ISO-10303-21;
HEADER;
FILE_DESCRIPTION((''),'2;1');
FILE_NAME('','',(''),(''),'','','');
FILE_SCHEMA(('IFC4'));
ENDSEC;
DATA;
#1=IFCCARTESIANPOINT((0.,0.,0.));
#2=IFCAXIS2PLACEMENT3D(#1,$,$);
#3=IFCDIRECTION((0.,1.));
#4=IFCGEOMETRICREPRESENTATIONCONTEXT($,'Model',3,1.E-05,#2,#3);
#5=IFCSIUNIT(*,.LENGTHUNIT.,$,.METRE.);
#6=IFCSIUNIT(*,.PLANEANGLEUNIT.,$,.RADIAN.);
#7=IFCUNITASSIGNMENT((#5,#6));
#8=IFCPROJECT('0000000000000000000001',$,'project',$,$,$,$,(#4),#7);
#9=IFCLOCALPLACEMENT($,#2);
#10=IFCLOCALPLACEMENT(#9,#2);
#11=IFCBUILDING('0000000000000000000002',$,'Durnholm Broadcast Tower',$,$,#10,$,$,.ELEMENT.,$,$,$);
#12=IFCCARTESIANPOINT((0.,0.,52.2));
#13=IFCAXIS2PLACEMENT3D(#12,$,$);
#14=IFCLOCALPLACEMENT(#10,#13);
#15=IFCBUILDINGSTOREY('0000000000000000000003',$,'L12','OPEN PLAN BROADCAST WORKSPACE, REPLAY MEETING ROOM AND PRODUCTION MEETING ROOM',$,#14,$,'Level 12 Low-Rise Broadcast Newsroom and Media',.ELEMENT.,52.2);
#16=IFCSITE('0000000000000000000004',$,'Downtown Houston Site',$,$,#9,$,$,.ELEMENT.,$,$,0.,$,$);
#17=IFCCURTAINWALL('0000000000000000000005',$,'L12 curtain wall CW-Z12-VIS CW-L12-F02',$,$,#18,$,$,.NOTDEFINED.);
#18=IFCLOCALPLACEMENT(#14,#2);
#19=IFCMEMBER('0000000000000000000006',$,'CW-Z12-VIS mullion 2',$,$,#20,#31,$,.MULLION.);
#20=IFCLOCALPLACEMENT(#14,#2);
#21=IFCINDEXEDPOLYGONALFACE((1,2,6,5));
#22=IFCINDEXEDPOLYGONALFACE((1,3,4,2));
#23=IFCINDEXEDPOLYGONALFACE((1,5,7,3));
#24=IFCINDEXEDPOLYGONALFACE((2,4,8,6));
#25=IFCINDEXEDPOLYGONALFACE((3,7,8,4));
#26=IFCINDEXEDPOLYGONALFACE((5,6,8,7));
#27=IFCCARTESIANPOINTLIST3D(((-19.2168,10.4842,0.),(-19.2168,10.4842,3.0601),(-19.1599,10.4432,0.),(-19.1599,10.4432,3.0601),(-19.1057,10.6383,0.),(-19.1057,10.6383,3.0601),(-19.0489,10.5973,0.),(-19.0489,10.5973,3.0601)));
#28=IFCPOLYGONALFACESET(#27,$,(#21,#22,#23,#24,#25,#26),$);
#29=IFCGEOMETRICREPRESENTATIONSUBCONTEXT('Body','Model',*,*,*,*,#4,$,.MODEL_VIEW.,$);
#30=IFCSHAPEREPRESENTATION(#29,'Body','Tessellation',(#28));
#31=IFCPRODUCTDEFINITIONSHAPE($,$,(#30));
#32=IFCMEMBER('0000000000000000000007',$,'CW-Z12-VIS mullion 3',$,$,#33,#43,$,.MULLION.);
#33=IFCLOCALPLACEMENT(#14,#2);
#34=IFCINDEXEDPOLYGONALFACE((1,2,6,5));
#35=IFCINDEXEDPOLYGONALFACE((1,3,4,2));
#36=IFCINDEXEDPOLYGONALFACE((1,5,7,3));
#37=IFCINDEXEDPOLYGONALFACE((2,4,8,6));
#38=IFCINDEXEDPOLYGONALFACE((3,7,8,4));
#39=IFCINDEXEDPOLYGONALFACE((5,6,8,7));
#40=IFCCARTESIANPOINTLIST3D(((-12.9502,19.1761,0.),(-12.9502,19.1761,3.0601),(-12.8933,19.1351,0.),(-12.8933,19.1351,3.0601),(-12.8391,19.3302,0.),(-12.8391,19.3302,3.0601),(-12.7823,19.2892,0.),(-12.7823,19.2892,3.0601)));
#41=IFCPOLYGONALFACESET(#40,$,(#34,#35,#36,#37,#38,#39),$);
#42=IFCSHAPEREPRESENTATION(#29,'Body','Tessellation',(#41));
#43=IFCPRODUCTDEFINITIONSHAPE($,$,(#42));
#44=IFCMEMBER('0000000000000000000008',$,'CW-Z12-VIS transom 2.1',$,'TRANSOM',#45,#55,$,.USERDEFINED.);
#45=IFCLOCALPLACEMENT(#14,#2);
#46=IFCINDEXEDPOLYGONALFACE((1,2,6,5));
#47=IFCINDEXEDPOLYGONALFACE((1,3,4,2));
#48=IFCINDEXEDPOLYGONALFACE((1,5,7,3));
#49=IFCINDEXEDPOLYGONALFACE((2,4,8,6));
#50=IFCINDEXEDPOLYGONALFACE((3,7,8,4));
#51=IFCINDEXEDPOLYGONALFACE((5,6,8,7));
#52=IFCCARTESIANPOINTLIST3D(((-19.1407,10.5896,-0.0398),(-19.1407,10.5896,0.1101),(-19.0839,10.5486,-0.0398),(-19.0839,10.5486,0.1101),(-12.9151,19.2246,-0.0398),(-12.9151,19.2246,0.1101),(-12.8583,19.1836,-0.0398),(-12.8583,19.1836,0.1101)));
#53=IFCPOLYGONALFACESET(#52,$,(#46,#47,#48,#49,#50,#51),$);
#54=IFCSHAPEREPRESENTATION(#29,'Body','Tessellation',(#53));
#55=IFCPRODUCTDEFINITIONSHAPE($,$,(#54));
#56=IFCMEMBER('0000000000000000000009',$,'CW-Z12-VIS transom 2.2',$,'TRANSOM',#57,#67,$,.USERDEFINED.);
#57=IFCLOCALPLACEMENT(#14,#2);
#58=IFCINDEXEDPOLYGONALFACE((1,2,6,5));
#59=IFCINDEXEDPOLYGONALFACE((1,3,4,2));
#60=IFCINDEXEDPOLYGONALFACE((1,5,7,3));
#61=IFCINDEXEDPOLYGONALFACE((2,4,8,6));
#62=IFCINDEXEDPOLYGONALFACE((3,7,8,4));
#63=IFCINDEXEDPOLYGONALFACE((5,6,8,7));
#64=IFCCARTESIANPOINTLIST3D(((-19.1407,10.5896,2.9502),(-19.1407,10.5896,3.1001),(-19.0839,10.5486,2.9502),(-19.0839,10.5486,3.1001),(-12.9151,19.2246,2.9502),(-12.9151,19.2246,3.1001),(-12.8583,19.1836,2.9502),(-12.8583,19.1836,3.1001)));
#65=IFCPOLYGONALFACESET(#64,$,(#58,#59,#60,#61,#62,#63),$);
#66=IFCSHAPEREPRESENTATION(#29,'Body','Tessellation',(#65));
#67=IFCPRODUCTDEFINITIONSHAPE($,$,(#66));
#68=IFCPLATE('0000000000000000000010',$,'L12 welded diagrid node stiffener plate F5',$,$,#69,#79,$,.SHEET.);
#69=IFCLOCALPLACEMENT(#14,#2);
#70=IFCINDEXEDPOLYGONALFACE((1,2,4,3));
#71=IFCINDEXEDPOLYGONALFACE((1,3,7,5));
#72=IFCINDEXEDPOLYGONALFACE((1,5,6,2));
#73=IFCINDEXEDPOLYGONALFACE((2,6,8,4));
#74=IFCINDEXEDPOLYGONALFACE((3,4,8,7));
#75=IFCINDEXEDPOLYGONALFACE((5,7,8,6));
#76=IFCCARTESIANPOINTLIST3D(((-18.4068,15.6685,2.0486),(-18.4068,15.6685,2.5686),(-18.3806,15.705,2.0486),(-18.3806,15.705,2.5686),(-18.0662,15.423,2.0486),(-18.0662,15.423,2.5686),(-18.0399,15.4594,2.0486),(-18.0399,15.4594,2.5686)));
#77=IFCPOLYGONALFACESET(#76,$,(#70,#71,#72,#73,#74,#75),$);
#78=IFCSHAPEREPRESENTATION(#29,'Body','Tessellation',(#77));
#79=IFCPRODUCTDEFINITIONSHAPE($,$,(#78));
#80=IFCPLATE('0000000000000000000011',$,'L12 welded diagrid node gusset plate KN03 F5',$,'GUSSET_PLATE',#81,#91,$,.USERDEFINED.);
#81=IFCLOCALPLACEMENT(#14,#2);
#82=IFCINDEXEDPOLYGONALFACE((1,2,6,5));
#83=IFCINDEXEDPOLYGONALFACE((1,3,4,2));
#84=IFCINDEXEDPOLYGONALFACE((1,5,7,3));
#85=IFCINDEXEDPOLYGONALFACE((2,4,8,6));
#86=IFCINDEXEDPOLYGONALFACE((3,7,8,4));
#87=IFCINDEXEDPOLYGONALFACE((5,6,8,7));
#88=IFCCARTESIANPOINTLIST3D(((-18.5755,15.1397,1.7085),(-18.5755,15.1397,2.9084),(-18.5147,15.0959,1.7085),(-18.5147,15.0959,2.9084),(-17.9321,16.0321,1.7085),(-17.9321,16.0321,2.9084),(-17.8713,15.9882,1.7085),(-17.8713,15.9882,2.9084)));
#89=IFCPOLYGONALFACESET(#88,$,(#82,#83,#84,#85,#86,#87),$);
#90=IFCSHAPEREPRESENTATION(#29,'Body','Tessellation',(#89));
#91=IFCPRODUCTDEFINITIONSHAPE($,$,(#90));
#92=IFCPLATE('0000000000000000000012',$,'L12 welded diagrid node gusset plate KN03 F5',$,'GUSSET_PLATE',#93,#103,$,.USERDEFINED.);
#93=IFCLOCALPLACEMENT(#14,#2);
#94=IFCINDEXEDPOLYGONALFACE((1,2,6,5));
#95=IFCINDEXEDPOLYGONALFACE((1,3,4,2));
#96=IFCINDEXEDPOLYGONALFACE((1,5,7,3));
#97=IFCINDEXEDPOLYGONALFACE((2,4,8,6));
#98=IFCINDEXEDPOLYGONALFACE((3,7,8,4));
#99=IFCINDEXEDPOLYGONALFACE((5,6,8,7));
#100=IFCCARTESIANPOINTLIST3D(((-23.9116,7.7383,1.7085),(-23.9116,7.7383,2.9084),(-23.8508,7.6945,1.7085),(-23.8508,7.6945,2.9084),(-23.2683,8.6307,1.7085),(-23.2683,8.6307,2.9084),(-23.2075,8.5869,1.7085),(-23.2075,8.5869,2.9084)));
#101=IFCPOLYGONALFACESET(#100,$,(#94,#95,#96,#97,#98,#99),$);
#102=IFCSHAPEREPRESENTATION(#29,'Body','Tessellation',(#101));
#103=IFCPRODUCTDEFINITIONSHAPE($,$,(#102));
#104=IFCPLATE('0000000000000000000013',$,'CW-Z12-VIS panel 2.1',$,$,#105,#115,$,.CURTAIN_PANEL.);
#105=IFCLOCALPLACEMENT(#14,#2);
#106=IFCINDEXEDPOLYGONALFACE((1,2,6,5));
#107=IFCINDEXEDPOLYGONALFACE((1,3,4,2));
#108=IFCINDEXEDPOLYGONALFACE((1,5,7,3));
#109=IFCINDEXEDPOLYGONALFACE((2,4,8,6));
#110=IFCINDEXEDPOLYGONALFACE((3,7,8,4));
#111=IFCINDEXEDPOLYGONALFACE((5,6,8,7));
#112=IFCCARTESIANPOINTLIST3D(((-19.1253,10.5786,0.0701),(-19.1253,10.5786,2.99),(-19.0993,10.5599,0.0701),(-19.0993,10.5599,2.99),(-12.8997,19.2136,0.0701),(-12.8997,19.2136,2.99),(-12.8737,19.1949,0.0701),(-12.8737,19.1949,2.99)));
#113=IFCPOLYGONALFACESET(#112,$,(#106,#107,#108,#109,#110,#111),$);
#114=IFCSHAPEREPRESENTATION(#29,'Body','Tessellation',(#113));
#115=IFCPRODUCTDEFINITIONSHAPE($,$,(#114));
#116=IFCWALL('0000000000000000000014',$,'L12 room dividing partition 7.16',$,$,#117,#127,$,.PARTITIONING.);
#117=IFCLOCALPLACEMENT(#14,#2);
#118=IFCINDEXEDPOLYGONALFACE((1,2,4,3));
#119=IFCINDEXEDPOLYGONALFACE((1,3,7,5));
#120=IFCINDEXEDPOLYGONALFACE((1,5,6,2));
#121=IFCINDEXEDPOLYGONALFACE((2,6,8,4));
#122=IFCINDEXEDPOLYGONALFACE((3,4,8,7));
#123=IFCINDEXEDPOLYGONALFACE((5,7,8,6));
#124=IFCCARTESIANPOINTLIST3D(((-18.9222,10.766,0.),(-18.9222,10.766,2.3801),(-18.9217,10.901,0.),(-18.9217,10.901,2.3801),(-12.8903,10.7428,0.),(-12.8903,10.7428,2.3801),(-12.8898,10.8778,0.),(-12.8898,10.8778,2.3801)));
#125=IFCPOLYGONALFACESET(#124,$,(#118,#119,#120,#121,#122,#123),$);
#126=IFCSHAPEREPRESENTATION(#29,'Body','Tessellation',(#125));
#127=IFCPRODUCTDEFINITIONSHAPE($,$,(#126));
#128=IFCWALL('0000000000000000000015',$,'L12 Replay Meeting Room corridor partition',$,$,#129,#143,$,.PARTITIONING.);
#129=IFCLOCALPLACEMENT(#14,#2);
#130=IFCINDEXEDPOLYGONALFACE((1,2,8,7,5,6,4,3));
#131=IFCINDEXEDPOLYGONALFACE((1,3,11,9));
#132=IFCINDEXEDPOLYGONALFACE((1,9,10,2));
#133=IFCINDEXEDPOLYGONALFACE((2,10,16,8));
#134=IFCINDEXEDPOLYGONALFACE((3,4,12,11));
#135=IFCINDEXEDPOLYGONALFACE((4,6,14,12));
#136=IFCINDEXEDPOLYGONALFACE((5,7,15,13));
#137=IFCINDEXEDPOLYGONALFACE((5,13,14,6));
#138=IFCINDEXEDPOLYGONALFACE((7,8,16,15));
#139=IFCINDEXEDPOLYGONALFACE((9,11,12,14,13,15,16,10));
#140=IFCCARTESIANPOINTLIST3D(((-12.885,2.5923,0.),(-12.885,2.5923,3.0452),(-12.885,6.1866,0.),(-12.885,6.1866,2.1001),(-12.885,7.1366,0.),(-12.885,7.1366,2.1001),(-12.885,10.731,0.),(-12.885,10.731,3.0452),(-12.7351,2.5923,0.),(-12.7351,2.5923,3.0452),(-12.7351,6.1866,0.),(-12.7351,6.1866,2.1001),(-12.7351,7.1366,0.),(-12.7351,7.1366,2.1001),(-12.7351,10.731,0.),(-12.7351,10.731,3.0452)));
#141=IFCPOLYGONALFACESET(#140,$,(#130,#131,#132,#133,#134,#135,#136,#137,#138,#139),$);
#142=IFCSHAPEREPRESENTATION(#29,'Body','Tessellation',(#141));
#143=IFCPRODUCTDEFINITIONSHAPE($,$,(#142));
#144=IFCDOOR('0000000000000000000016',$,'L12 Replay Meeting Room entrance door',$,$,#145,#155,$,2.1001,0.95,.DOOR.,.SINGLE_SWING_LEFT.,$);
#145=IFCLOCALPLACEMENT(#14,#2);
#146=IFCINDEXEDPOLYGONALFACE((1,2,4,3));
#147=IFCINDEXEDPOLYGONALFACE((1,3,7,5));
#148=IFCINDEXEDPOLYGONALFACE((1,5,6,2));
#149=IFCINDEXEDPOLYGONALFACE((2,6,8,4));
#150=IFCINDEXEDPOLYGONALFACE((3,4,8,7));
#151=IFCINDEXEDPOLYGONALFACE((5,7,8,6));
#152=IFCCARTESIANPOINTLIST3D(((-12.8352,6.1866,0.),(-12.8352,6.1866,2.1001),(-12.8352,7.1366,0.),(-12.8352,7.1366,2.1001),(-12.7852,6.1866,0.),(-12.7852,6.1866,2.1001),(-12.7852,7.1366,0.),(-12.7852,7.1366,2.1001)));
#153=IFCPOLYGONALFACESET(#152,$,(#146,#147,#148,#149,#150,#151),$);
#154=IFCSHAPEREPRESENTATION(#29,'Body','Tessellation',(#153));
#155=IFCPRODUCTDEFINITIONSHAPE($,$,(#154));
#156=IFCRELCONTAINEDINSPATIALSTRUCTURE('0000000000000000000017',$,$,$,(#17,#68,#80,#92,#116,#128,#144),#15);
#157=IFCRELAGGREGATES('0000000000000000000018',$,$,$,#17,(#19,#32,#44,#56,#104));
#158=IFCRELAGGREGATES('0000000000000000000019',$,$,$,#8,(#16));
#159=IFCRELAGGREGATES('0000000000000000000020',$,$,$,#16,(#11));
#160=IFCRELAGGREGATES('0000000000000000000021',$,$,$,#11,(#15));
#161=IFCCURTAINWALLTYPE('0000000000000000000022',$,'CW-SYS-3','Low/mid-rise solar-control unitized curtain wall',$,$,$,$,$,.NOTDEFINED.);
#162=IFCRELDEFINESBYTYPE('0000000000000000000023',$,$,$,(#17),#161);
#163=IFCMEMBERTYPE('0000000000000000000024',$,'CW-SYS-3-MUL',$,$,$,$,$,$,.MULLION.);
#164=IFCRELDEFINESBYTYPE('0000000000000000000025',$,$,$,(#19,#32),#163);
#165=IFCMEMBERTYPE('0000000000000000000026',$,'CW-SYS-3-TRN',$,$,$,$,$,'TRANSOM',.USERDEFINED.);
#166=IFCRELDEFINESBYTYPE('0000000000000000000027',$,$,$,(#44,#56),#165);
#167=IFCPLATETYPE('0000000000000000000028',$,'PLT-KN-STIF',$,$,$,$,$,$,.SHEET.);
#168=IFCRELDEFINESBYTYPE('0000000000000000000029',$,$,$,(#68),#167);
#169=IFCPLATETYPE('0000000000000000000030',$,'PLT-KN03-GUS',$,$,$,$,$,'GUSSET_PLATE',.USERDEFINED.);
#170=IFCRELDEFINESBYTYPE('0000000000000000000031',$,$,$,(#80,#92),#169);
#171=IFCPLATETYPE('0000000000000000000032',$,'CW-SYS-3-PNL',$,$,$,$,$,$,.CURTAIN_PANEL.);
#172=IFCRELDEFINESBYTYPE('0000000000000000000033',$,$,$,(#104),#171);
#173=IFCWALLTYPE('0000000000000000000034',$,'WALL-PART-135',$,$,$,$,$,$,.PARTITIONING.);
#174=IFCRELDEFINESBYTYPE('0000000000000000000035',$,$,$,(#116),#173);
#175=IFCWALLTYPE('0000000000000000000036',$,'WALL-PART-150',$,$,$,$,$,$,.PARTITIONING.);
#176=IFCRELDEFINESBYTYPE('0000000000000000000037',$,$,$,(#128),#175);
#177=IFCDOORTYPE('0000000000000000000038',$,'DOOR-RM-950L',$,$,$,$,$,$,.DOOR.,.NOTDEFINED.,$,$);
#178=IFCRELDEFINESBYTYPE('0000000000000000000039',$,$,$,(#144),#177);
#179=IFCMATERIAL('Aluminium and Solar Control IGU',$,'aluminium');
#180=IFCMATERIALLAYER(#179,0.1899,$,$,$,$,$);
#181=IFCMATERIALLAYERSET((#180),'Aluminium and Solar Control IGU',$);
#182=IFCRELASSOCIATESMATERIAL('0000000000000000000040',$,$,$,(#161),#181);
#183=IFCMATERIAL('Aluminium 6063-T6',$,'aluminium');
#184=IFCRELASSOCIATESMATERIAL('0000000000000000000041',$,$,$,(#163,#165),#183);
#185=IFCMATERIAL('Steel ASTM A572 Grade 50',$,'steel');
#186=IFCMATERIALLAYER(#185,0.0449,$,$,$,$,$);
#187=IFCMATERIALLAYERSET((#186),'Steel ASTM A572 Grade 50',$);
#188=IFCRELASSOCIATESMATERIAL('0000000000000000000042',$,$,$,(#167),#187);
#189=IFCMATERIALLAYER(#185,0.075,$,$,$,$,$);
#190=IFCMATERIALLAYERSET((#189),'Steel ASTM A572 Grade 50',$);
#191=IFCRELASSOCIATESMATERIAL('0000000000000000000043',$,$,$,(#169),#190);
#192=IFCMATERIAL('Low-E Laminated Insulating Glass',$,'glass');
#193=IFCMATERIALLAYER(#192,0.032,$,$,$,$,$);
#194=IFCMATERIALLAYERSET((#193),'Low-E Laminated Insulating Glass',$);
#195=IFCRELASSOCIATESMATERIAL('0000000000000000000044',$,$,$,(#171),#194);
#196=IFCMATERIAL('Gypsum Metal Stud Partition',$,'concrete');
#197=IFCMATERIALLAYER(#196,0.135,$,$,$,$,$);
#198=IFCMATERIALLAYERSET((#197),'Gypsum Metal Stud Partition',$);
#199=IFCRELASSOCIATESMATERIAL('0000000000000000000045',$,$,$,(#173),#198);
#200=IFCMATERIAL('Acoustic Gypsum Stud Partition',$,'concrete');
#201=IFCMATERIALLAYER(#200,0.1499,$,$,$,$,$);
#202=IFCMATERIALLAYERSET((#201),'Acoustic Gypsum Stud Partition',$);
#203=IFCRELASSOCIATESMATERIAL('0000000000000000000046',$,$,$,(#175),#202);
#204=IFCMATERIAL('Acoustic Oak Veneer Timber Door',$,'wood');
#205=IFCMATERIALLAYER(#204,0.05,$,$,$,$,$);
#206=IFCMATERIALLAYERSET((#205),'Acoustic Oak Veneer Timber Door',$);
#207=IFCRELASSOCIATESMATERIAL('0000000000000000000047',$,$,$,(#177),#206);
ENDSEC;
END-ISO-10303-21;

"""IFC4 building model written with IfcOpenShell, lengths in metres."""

from ifc_helpers import new_model, si_unit, direction, frame, frame_2d, origin, origin_2d, place, context, subcontext, project, spatial, rectangle, extrude, source, transform, mapped, material, layer, layer_set, material_profile, profile_set, type_object, type_shapes, element, fill, aggregate, save


model = new_model("IFC4")

# Units and contexts
model_context = context("Model", 3, precision=1e-05, world=origin(), true_north=direction((0.0, 1.0)))
body_context = subcontext(model_context, "Body", "Model", "MODEL_VIEW")
ifc_project = project(units=[si_unit("LENGTHUNIT", "METRE"), si_unit("PLANEANGLEUNIT", "RADIAN")], contexts=[model_context])

# Site, building, storey
site_placement = place(None, origin())
site = spatial("IfcSite", under=ifc_project, at=site_placement, Name="Downtown Houston Site", CompositionType="ELEMENT", RefElevation=0.0)
building_placement = place(site_placement, origin())
building = spatial("IfcBuilding", under=site, at=building_placement, Name="Durnholm Broadcast Tower", CompositionType="ELEMENT")
storey_placement = place(building_placement, frame((0.0, 0.0, 52.2)))
storey = spatial("IfcBuildingStorey", under=building, at=storey_placement, Name="L12", Description="OPEN PLAN BROADCAST WORKSPACE, REPLAY MEETING ROOM AND PRODUCTION MEETING ROOM", LongName="Level 12 Low-Rise Broadcast Newsroom and Media", CompositionType="ELEMENT", Elevation=52.2)

# Curtain wall, members
ifc_material_1 = material(Name="Aluminium and Solar Control IGU", Category="aluminium")
ifc_material_2 = material(Name="Aluminium 6063-T6", Category="aluminium")
ifc_layer_1 = layer(ifc_material_1, 0.1899)
ifc_layer_set_1 = layer_set([ifc_layer_1], Name="Aluminium and Solar Control IGU")
curtain_wall_type_1 = type_object("IfcCurtainWallType", Name="CW-SYS-3", Description="Low/mid-rise solar-control unitized curtain wall", PredefinedType="NOTDEFINED", material=ifc_layer_set_1)
curtain_wall_1_placement = place(storey_placement, origin())
curtain_wall_1 = element("IfcCurtainWall", 1, at=curtain_wall_1_placement, inside=storey, type_object=curtain_wall_type_1, Name="L12 curtain wall CW-Z12-VIS CW-L12-F02", PredefinedType="NOTDEFINED")
ifc_material_profile_1 = material_profile(ifc_material_2, rectangle(XDim=0.0701, YDim=0.1899, at=origin_2d()), Name="CWM70X190")
ifc_profile_set_1 = profile_set([ifc_material_profile_1], Name="Aluminium 6063-T6")
member_type_1 = type_object("IfcMemberType", Name="CW-SYS-3-MUL", PredefinedType="MULLION", material=ifc_profile_set_1)
shared_shape_1 = source(origin(), body_context, "Body", "SweptSolid", [
    extrude(rectangle(XDim=0.0701, YDim=0.1899, at=origin_2d()), origin(), (0.0, 0.0, 1.0), 3.0601),
])
type_shapes(member_type_1, [shared_shape_1])
member_1_placement = place(storey_placement, frame((-19.1328, 10.5408, 0.0), z_axis=(0.0, 0.0, 1.0), x_axis=(-0.811161, 0.584823, 0.0)))
member_1 = element("IfcMember", 2, at=member_1_placement, type_object=member_type_1, Name="CW-Z12-VIS mullion 2", PredefinedType="MULLION", context=body_context, shape_type="MappedRepresentation", body=[
    mapped(shared_shape_1, transform((0.0, 0.0, 0.0), x_axis=(1.0, 0.0, 0.0), y_axis=(0.0, 1.0, 0.0), z_axis=(0.0, 0.0, 1.0), scale=1.0)),
])
member_2_placement = place(storey_placement, frame((-12.8662, 19.2327, 0.0), z_axis=(0.0, 0.0, 1.0), x_axis=(-0.811161, 0.584823, 0.0)))
member_2 = element("IfcMember", 3, at=member_2_placement, type_object=member_type_1, Name="CW-Z12-VIS mullion 3", PredefinedType="MULLION", context=body_context, shape_type="MappedRepresentation", body=[
    mapped(shared_shape_1, transform((0.0, 0.0, 0.0), x_axis=(1.0, 0.0, 0.0), y_axis=(0.0, 1.0, 0.0), z_axis=(0.0, 0.0, 1.0), scale=1.0)),
])
ifc_material_profile_2 = material_profile(ifc_material_2, rectangle(XDim=0.0701, YDim=0.1499, at=origin_2d()), Name="CWT70X150")
ifc_profile_set_2 = profile_set([ifc_material_profile_2], Name="Aluminium 6063-T6")
member_type_2 = type_object("IfcMemberType", Name="CW-SYS-3-TRN", ElementType="TRANSOM", PredefinedType="USERDEFINED", material=ifc_profile_set_2)
shared_shape_2 = source(origin(), body_context, "Body", "SweptSolid", [
    extrude(rectangle(XDim=0.0701, YDim=0.1499, at=origin_2d()), origin(), (0.0, 0.0, 1.0), 10.6453),
])
type_shapes(member_type_2, [shared_shape_2])
member_3_placement = place(storey_placement, frame((-19.1123, 10.5691, 0.0352), z_axis=(0.584823, 0.811161, 0.0), x_axis=(-0.811161, 0.584823, 0.0)))
member_3 = element("IfcMember", 4, at=member_3_placement, type_object=member_type_2, Name="CW-Z12-VIS transom 2.1", ObjectType="TRANSOM", PredefinedType="USERDEFINED", context=body_context, shape_type="MappedRepresentation", body=[
    mapped(shared_shape_2, transform((0.0, 0.0, 0.0), x_axis=(1.0, 0.0, 0.0), y_axis=(0.0, 1.0, 0.0), z_axis=(0.0, 0.0, 1.0), scale=1.0)),
])
member_4_placement = place(storey_placement, frame((-19.1123, 10.5691, 3.0251), z_axis=(0.584823, 0.811161, 0.0), x_axis=(-0.811161, 0.584823, 0.0)))
member_4 = element("IfcMember", 5, at=member_4_placement, type_object=member_type_2, Name="CW-Z12-VIS transom 2.2", ObjectType="TRANSOM", PredefinedType="USERDEFINED", context=body_context, shape_type="MappedRepresentation", body=[
    mapped(shared_shape_2, transform((0.0, 0.0, 0.0), x_axis=(1.0, 0.0, 0.0), y_axis=(0.0, 1.0, 0.0), z_axis=(0.0, 0.0, 1.0), scale=1.0)),
])

# Plates
ifc_material_3 = material(Name="Steel ASTM A572 Grade 50", Category="steel")
ifc_layer_2 = layer(ifc_material_3, 0.0449)
ifc_layer_set_2 = layer_set([ifc_layer_2], Name="Steel ASTM A572 Grade 50")
plate_type_1 = type_object("IfcPlateType", Name="PLT-KN-STIF", PredefinedType="SHEET", material=ifc_layer_set_2)
shared_shape_3 = source(origin(), body_context, "Body", "SweptSolid", [
    extrude(rectangle(XDim=0.0449, YDim=0.4199, at=origin_2d()), origin(), (0.0, 0.0, 1.0), 0.52),
])
type_shapes(plate_type_1, [shared_shape_3])
plate_1_placement = place(storey_placement, frame((-18.2234, 15.564, 2.0486), z_axis=(0.0, 0.0, 1.0), x_axis=(-0.584816, -0.811166, 0.0)))
element("IfcPlate", 6, at=plate_1_placement, inside=storey, type_object=plate_type_1, Name="L12 welded diagrid node stiffener plate F5", PredefinedType="SHEET", context=body_context, shape_type="MappedRepresentation", body=[
    mapped(shared_shape_3, transform((0.0, 0.0, 0.0), x_axis=(1.0, 0.0, 0.0), y_axis=(0.0, 1.0, 0.0), z_axis=(0.0, 0.0, 1.0), scale=1.0)),
])
ifc_layer_3 = layer(ifc_material_3, 0.075)
ifc_layer_set_3 = layer_set([ifc_layer_3], Name="Steel ASTM A572 Grade 50")
plate_type_2 = type_object("IfcPlateType", Name="PLT-KN03-GUS", ElementType="GUSSET_PLATE", PredefinedType="USERDEFINED", material=ifc_layer_set_3)
shared_shape_4 = source(origin(), body_context, "Body", "SweptSolid", [
    extrude(rectangle(XDim=1.1001, YDim=0.075, at=origin_2d()), origin(), (0.0, 0.0, 1.0), 1.2),
])
type_shapes(plate_type_2, [shared_shape_4])
for number, where, z_axis, x_axis, name in (
    (7, (-18.2234, 15.564, 1.7085), (0.0, 0.0, 1.0), (-0.584816, -0.811166, 0.0), "L12 welded diagrid node gusset plate KN03 F5"),
    (8, (-23.5596, 8.1626, 1.7085), (0.0, 0.0, 1.0), (-0.584816, -0.811166, 0.0), "L12 welded diagrid node gusset plate KN03 F5"),
):
    element("IfcPlate", number, at=place(storey_placement, frame(where, z_axis=z_axis, x_axis=x_axis)), inside=storey, type_object=plate_type_2, Name=name, ObjectType="GUSSET_PLATE", PredefinedType="USERDEFINED", context=body_context, shape_type="MappedRepresentation", body=[
        mapped(shared_shape_4, transform((0.0, 0.0, 0.0), x_axis=(1.0, 0.0, 0.0), y_axis=(0.0, 1.0, 0.0), z_axis=(0.0, 0.0, 1.0), scale=1.0)),
    ])

# Plate
ifc_material_4 = material(Name="Low-E Laminated Insulating Glass", Category="glass")
ifc_layer_4 = layer(ifc_material_4, 0.032)
ifc_layer_set_4 = layer_set([ifc_layer_4], Name="Low-E Laminated Insulating Glass")
plate_type_3 = type_object("IfcPlateType", Name="CW-SYS-3-PNL", PredefinedType="CURTAIN_PANEL", material=ifc_layer_set_4)
shared_shape_5 = source(origin(), body_context, "Body", "SweptSolid", [
    extrude(rectangle(XDim=10.6453, YDim=0.032, at=origin_2d()), origin(), (0.0, 0.0, 1.0), 2.9199),
])
type_shapes(plate_type_3, [shared_shape_5])
plate_2_placement = place(storey_placement, frame((-15.9995, 14.8867, 0.0701), z_axis=(0.0, 0.0, 1.0), x_axis=(0.584823, 0.811161, 0.0)))
plate_2 = element("IfcPlate", 9, at=plate_2_placement, type_object=plate_type_3, Name="CW-Z12-VIS panel 2.1", PredefinedType="CURTAIN_PANEL", context=body_context, shape_type="MappedRepresentation", body=[
    mapped(shared_shape_5, transform((0.0, 0.0, 0.0), x_axis=(1.0, 0.0, 0.0), y_axis=(0.0, 1.0, 0.0), z_axis=(0.0, 0.0, 1.0), scale=1.0)),
])
aggregate(curtain_wall_1, [member_1, member_2, member_3, member_4, plate_2])

# Wall
ifc_material_5 = material(Name="Gypsum Metal Stud Partition", Category="concrete")
ifc_layer_5 = layer(ifc_material_5, 0.135)
ifc_layer_set_5 = layer_set([ifc_layer_5], Name="Gypsum Metal Stud Partition")
wall_type_1 = type_object("IfcWallType", Name="WALL-PART-135", PredefinedType="PARTITIONING", material=ifc_layer_set_5)
wall_1_placement = place(storey_placement, frame((-12.8899, 10.8103, 0.0), z_axis=(0.0, 0.0, 1.0), x_axis=(-0.999993, 0.003845, 0.0)))
element("IfcWall", 10, at=wall_1_placement, inside=storey, type_object=wall_type_1, Name="L12 room dividing partition 7.16", PredefinedType="PARTITIONING", context=body_context, shape_type="SweptSolid", body=[
    extrude(rectangle(XDim=6.032, YDim=0.135, at=frame_2d((3.0161, 0.0))), origin(), (0.0, 0.0, 1.0), 2.3801),
])

# Wall, opening, door
ifc_material_6 = material(Name="Acoustic Gypsum Stud Partition", Category="concrete")
ifc_layer_6 = layer(ifc_material_6, 0.1499)
ifc_layer_set_6 = layer_set([ifc_layer_6], Name="Acoustic Gypsum Stud Partition")
wall_type_2 = type_object("IfcWallType", Name="WALL-PART-150", PredefinedType="PARTITIONING", material=ifc_layer_set_6)
wall_2_placement = place(storey_placement, frame((-12.8101, 10.731, 0.0), z_axis=(0.0, 0.0, 1.0), x_axis=(0.0, -1.0, 0.0)))
wall_2 = element("IfcWall", 11, at=wall_2_placement, inside=storey, type_object=wall_type_2, Name="L12 Replay Meeting Room corridor partition", PredefinedType="PARTITIONING", context=body_context, shape_type="SweptSolid", body=[
    extrude(rectangle(XDim=8.1387, YDim=0.1499, at=frame_2d((4.0693, 0.0))), origin(), (0.0, 0.0, 1.0), 3.0452),
])
opening_placement = place(wall_2_placement, frame((3.5942, 0.0, 0.0)))
opening = element("IfcOpeningElement", 12, at=opening_placement, cuts=wall_2, PredefinedType="OPENING", context=body_context, shape_type="SweptSolid", body=[
    extrude(rectangle(XDim=0.95, YDim=2.1001, at=frame_2d((0.4751, 1.05))), frame((0.0, 0.085, 0.0), z_axis=(0.0, -1.0, 0.0), x_axis=(1.0, 0.0, 0.0)), (0.0, 0.0, 1.0), 0.1699),
])
ifc_material_7 = material(Name="Acoustic Oak Veneer Timber Door", Category="wood")
ifc_layer_7 = layer(ifc_material_7, 0.05)
ifc_layer_set_7 = layer_set([ifc_layer_7], Name="Acoustic Oak Veneer Timber Door")
door_type = type_object("IfcDoorType", Name="DOOR-RM-950L", OperationType="NOTDEFINED", PredefinedType="DOOR", material=ifc_layer_set_7)
shared_shape_6 = source(origin(), body_context, "Body", "SweptSolid", [
    extrude(rectangle(XDim=0.95, YDim=2.1001, at=frame_2d((0.4751, 1.05))), frame((0.0, 0.0249, 0.0), z_axis=(0.0, -1.0, 0.0), x_axis=(1.0, 0.0, 0.0)), (0.0, 0.0, 1.0), 0.05),
])
type_shapes(door_type, [shared_shape_6])
door_placement = place(opening_placement, origin())
door = element("IfcDoor", 13, at=door_placement, inside=storey, type_object=door_type, Name="L12 Replay Meeting Room entrance door", OperationType="SINGLE_SWING_LEFT", OverallHeight=2.1001, OverallWidth=0.95, PredefinedType="DOOR", context=body_context, shape_type="MappedRepresentation", body=[
    mapped(shared_shape_6, transform((0.0, 0.0, 0.0), x_axis=(1.0, 0.0, 0.0), y_axis=(0.0, 1.0, 0.0), z_axis=(0.0, 0.0, 1.0), scale=1.0)),
])
fill(opening, door)

save(model, "model.ifc")
